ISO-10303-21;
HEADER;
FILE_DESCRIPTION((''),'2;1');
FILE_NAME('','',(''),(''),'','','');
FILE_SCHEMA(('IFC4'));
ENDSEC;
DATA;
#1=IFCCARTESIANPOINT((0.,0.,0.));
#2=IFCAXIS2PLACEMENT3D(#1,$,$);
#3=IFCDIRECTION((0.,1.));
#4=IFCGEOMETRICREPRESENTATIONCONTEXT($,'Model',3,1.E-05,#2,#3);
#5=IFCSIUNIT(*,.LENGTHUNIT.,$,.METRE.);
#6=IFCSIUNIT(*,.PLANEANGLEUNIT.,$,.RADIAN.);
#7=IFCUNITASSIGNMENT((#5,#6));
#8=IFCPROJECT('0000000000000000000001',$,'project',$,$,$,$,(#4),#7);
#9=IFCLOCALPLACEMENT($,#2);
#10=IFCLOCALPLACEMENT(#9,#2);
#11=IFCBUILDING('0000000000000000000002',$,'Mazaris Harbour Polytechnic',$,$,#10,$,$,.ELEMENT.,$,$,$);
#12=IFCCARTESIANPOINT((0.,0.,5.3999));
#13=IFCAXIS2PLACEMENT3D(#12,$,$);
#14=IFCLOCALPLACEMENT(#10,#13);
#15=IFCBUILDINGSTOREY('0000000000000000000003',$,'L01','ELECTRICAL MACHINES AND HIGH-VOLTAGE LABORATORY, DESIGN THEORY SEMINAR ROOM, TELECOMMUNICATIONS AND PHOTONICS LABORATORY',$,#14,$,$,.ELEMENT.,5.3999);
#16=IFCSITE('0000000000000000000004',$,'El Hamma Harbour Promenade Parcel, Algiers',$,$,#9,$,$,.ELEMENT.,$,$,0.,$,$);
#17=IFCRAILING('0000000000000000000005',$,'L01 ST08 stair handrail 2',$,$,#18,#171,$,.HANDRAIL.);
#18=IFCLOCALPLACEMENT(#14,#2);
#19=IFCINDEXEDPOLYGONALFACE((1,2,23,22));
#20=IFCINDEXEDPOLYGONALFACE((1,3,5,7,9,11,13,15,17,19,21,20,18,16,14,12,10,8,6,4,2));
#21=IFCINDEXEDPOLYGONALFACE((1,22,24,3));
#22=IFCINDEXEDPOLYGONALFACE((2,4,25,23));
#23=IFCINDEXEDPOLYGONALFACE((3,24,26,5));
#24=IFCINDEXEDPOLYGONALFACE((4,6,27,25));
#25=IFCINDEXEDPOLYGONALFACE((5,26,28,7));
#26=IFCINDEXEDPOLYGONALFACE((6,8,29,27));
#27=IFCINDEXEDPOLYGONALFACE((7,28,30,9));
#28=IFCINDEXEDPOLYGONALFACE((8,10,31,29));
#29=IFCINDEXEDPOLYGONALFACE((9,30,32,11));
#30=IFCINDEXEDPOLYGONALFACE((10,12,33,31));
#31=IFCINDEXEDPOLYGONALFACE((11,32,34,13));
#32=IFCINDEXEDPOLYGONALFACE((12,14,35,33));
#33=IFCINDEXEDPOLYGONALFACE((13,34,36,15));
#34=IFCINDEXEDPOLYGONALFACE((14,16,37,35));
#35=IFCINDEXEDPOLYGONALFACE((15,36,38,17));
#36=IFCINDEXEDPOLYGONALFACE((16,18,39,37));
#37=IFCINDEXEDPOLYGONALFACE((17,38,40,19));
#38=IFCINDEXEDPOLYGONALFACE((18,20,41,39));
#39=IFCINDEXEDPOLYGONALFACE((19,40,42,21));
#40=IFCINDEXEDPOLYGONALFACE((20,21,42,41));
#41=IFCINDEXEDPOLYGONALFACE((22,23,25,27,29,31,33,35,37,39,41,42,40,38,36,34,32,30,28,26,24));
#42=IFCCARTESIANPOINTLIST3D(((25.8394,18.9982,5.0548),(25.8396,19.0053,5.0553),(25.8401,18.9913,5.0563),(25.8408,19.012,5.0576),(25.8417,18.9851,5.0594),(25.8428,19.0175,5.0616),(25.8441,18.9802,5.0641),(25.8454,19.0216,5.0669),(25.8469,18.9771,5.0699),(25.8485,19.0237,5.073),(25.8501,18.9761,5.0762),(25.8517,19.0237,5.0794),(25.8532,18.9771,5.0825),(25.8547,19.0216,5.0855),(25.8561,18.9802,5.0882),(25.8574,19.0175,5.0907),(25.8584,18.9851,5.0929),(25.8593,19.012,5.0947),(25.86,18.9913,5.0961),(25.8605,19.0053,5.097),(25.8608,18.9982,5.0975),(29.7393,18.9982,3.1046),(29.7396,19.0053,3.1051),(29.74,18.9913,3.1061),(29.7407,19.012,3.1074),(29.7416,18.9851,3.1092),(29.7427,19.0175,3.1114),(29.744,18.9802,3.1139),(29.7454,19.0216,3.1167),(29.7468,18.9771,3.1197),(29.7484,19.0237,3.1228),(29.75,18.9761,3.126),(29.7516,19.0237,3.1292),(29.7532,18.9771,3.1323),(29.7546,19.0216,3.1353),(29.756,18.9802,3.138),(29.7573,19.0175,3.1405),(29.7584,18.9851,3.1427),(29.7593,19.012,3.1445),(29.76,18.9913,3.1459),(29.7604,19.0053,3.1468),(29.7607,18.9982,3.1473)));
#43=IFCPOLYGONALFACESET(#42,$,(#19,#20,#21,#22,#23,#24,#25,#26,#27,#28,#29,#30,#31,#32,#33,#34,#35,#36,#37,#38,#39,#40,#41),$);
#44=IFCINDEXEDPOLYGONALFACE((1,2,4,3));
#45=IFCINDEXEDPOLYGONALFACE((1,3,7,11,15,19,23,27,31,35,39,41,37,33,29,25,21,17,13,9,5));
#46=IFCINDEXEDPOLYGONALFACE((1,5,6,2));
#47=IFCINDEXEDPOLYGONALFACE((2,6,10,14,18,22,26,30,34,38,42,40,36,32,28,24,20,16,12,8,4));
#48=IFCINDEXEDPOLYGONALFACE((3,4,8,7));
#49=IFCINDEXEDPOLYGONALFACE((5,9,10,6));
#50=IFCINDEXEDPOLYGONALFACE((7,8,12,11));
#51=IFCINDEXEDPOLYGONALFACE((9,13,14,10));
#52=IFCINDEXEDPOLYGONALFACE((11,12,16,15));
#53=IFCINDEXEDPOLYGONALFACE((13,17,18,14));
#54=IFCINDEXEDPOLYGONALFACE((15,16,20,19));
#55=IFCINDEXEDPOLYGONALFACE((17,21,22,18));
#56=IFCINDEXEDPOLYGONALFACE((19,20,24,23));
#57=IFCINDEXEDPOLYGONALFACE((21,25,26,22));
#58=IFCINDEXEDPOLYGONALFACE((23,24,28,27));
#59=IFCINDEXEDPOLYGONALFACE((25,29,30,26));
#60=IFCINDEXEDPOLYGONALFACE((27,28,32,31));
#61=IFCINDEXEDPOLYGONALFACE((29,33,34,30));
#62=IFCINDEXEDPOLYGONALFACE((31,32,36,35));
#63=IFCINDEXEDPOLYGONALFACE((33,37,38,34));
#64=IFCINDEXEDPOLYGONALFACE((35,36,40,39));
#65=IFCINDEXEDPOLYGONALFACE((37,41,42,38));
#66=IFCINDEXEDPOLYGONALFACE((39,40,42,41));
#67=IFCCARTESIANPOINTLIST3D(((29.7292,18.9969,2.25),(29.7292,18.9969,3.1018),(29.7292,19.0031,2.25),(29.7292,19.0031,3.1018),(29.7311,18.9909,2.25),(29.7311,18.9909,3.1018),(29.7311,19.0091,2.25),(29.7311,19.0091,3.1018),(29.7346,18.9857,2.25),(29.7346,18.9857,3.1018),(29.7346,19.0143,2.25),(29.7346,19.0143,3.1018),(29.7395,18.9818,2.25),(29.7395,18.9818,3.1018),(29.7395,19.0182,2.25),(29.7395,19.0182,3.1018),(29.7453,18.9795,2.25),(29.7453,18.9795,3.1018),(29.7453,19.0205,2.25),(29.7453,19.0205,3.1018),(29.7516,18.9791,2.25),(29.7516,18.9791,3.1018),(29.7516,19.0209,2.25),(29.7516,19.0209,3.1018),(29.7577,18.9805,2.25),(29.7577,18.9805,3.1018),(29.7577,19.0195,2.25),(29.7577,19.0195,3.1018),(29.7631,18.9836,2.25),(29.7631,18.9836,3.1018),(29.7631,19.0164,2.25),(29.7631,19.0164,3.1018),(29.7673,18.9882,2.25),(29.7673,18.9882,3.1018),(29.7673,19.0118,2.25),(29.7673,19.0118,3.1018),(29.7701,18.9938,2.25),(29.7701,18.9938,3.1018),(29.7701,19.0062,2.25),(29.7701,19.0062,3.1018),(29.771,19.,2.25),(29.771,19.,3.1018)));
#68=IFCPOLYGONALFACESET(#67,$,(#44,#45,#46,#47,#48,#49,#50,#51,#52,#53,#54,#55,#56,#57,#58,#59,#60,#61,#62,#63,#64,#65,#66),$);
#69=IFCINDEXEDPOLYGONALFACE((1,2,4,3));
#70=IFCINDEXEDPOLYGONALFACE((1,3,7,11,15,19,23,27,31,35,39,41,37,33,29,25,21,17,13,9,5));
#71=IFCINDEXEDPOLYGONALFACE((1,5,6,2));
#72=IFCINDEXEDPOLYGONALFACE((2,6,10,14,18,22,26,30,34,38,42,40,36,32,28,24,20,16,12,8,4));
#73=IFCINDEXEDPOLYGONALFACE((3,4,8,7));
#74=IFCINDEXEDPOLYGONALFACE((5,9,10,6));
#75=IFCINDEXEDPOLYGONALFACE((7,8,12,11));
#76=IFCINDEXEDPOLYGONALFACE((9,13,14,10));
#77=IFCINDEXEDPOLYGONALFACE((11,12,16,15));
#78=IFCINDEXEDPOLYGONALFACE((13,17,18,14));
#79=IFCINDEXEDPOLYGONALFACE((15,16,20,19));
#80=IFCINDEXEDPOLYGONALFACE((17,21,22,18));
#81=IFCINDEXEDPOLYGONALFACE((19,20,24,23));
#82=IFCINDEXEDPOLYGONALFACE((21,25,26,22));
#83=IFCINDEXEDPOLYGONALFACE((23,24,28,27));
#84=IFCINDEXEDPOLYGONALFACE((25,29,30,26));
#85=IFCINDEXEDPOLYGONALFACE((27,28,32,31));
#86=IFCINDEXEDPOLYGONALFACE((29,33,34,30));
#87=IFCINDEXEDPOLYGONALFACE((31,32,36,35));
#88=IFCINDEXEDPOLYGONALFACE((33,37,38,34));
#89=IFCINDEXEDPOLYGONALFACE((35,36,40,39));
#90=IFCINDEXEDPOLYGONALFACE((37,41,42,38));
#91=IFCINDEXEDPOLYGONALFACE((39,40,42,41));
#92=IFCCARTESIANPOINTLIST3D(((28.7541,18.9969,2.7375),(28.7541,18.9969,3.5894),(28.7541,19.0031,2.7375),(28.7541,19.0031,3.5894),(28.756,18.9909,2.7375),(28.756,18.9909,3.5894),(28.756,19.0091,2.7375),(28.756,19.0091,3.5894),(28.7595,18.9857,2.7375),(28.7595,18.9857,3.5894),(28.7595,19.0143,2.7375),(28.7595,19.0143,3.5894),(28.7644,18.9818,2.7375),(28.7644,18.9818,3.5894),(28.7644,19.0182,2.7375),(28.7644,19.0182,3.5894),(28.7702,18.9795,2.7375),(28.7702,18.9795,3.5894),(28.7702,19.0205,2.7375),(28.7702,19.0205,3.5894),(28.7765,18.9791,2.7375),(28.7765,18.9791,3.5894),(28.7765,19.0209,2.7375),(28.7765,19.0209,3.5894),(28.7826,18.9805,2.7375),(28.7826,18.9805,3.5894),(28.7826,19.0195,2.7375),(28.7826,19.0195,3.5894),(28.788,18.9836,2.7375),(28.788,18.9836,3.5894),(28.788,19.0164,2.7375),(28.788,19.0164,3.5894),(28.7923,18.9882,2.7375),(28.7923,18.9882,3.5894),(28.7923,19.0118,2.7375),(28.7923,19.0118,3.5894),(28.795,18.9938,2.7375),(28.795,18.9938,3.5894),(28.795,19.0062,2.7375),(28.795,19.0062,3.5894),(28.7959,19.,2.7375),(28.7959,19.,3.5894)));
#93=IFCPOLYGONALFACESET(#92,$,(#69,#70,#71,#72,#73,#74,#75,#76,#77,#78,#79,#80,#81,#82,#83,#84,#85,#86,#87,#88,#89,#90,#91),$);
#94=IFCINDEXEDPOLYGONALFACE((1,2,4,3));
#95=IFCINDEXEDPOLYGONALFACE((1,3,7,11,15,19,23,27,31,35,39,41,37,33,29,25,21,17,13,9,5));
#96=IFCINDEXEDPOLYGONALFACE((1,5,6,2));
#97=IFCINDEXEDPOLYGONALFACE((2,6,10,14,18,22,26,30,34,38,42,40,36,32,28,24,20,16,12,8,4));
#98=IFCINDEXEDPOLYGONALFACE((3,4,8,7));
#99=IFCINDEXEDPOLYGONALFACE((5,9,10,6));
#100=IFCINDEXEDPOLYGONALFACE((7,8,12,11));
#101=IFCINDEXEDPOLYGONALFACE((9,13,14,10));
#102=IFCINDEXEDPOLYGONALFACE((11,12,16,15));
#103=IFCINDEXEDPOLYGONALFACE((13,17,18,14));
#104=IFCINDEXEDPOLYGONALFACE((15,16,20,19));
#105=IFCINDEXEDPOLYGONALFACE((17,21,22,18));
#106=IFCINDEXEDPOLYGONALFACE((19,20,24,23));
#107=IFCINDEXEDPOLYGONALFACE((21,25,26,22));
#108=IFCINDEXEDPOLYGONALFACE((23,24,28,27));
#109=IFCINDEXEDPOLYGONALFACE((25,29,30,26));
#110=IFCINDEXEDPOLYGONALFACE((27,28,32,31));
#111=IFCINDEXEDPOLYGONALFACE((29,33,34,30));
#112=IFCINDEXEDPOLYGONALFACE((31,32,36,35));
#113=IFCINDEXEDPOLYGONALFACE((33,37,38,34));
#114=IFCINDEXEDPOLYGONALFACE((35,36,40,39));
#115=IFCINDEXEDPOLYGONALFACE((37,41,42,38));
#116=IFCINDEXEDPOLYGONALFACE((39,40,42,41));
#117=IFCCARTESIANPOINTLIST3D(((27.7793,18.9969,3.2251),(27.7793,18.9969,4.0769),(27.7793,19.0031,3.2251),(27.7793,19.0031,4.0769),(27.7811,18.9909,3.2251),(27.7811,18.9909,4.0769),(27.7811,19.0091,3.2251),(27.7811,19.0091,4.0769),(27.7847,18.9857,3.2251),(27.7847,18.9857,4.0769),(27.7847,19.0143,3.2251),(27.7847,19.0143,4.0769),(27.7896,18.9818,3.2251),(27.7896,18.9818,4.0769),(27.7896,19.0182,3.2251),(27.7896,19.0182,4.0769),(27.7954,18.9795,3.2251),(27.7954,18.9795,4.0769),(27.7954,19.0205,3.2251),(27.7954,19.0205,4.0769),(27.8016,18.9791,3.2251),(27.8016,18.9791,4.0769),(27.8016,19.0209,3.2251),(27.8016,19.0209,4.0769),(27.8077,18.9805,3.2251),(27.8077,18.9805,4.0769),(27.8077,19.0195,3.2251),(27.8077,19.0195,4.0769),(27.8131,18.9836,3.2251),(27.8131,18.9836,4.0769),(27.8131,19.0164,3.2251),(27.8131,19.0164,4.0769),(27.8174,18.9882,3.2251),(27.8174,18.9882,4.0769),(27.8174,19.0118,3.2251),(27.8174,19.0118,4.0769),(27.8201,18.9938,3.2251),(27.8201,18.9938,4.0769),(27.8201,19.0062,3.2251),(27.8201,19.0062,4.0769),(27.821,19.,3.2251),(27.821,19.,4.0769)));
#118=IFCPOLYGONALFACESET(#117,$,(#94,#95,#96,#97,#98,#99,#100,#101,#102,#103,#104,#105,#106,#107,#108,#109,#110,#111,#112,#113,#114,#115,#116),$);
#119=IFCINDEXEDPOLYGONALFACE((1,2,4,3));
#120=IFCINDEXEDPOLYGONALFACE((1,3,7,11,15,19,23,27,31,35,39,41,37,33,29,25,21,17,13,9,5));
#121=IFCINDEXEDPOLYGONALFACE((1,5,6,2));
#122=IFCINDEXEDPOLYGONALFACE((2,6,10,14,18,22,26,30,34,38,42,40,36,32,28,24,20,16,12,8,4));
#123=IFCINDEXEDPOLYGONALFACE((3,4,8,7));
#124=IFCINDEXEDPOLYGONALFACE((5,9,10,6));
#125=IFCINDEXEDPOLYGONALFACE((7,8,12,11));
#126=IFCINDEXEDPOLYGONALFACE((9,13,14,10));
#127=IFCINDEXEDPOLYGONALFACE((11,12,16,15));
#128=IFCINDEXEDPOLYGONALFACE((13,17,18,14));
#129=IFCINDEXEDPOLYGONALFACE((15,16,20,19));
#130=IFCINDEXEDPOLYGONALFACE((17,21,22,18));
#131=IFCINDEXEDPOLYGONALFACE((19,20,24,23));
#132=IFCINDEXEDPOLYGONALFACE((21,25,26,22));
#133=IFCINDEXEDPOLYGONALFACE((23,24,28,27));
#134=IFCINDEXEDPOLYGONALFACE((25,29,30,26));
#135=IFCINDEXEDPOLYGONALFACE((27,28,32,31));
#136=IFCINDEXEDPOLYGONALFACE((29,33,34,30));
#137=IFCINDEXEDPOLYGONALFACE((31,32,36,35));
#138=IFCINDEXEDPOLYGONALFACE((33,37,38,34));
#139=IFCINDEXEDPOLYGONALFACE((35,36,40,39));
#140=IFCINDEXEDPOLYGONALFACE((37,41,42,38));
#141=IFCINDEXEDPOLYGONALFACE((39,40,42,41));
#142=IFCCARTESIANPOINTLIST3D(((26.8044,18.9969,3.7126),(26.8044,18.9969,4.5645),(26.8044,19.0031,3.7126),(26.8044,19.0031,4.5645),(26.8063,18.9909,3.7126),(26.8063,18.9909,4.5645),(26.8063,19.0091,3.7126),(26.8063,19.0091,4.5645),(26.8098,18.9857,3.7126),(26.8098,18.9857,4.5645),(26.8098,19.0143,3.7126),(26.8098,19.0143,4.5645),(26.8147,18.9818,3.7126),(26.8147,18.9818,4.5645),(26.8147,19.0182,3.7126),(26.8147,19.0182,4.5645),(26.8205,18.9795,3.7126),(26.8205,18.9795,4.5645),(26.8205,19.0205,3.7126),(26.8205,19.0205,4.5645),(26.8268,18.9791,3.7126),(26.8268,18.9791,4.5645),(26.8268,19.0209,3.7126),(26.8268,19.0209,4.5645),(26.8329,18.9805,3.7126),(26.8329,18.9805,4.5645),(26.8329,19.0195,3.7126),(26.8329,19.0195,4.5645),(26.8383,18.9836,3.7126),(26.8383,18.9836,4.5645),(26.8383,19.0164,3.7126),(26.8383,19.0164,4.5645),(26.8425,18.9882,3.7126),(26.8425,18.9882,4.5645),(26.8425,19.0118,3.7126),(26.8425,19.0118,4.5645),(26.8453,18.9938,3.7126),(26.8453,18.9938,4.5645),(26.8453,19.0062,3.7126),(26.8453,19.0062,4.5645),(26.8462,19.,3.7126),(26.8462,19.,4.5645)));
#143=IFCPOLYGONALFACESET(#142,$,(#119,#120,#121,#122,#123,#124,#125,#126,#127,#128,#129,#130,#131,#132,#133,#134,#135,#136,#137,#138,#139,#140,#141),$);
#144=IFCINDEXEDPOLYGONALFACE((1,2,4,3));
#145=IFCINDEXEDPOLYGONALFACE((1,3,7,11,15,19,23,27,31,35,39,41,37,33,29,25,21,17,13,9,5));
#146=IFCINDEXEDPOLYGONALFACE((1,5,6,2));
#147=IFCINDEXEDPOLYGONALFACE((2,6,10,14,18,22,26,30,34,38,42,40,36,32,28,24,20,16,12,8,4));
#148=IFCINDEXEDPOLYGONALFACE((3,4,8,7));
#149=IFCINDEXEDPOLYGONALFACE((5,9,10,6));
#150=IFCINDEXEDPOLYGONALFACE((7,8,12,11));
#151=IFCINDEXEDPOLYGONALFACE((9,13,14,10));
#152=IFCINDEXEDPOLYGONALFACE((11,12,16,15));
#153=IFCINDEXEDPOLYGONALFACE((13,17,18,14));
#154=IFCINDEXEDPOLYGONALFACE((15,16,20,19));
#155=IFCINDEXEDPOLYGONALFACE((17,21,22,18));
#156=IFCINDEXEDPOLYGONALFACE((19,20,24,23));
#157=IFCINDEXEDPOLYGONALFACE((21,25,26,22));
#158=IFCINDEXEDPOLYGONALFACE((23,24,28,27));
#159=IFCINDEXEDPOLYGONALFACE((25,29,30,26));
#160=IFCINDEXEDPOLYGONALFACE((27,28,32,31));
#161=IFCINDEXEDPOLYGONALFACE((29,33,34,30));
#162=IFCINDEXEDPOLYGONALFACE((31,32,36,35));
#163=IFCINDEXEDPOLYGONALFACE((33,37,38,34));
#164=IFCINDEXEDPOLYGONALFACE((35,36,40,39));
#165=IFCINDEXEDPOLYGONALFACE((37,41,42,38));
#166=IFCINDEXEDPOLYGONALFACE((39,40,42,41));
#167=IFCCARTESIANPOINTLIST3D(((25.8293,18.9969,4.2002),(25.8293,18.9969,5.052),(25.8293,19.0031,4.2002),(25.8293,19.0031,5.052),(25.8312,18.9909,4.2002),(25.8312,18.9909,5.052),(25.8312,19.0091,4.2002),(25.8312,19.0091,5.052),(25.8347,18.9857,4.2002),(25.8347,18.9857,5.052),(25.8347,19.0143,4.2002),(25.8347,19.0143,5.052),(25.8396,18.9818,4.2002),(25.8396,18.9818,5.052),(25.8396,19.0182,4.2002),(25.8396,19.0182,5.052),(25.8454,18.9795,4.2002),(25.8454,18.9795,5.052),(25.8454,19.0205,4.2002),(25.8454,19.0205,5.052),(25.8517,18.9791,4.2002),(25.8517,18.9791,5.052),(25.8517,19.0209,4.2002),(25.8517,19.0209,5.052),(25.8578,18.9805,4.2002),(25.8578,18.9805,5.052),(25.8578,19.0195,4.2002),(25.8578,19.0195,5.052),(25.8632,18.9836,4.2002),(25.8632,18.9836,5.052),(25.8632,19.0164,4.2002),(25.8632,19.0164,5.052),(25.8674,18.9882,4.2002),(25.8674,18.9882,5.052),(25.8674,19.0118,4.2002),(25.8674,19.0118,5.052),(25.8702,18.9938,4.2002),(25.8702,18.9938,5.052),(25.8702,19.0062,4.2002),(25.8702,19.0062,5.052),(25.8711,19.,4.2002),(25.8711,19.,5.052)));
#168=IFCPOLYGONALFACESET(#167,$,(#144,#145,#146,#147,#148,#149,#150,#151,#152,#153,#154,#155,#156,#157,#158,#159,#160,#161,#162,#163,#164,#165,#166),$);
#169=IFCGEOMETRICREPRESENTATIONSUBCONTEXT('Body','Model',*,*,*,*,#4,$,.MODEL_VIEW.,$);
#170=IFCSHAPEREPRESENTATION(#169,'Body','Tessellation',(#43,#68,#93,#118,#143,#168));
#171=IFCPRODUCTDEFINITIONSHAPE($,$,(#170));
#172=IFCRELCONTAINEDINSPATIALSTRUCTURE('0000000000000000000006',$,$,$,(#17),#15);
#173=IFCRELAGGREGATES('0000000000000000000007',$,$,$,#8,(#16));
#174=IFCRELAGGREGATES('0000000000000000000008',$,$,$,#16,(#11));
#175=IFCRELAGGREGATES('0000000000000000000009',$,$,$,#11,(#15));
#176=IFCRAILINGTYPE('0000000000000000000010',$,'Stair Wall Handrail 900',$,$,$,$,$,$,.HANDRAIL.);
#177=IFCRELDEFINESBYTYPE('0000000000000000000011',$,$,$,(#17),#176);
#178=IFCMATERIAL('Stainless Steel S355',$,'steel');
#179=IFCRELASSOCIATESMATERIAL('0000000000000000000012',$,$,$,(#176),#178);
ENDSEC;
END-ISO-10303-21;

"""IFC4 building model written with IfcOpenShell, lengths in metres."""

from ifc_helpers import new_model, si_unit, direction, frame, origin, origin_2d, place, context, subcontext, project, spatial, circle, extrude, material, type_object, element, save


model = new_model("IFC4")

# Units and contexts
model_context = context("Model", 3, precision=1e-05, world=origin(), true_north=direction((0.0, 1.0)))
body_context = subcontext(model_context, "Body", "Model", "MODEL_VIEW")
ifc_project = project(units=[si_unit("LENGTHUNIT", "METRE"), si_unit("PLANEANGLEUNIT", "RADIAN")], contexts=[model_context])

# Site, building, storey
site_placement = place(None, origin())
site = spatial("IfcSite", under=ifc_project, at=site_placement, Name="El Hamma Harbour Promenade Parcel, Algiers", CompositionType="ELEMENT", RefElevation=0.0)
building_placement = place(site_placement, origin())
building = spatial("IfcBuilding", under=site, at=building_placement, Name="Mazaris Harbour Polytechnic", CompositionType="ELEMENT")
storey_placement = place(building_placement, frame((0.0, 0.0, 5.3999)))
storey = spatial("IfcBuildingStorey", under=building, at=storey_placement, Name="L01", Description="ELECTRICAL MACHINES AND HIGH-VOLTAGE LABORATORY, DESIGN THEORY SEMINAR ROOM, TELECOMMUNICATIONS AND PHOTONICS LABORATORY", CompositionType="ELEMENT", Elevation=5.3999)

# Railing
ifc_material_1 = material(Name="Stainless Steel S355", Category="steel")
railing_type_1 = type_object("IfcRailingType", Name="Stair Wall Handrail 900", PredefinedType="HANDRAIL", material=ifc_material_1)
railing_1_placement = place(storey_placement, frame((29.75, 19.0, 2.25)))
element("IfcRailing", 1, at=railing_1_placement, inside=storey, type_object=railing_type_1, Name="L01 ST08 stair handrail 2", PredefinedType="HANDRAIL", context=body_context, shape_type="SweptSolid", body=[
    extrude(circle(Radius=0.0239, at=origin_2d()), frame((0.0, 0.0, 0.876), z_axis=(-0.894405, 0.0, 0.447258), x_axis=(0.0, -1.0, 0.0)), (0.0, 0.0, 1.0), 4.3604),
    extrude(circle(Radius=0.021, at=origin_2d()), origin(), (0.0, 0.0, 1.0), 0.8518),
    extrude(circle(Radius=0.021, at=origin_2d()), frame((-0.9751, 0.0, 0.4875)), (0.0, 0.0, 1.0), 0.8518),
    extrude(circle(Radius=0.021, at=origin_2d()), frame((-1.95, 0.0, 0.9751)), (0.0, 0.0, 1.0), 0.8518),
    extrude(circle(Radius=0.021, at=origin_2d()), frame((-2.9248, 0.0, 1.4626)), (0.0, 0.0, 1.0), 0.8518),
    extrude(circle(Radius=0.021, at=origin_2d()), frame((-3.8999, 0.0, 1.9502)), (0.0, 0.0, 1.0), 0.8518),
])

save(model, "model.ifc")
